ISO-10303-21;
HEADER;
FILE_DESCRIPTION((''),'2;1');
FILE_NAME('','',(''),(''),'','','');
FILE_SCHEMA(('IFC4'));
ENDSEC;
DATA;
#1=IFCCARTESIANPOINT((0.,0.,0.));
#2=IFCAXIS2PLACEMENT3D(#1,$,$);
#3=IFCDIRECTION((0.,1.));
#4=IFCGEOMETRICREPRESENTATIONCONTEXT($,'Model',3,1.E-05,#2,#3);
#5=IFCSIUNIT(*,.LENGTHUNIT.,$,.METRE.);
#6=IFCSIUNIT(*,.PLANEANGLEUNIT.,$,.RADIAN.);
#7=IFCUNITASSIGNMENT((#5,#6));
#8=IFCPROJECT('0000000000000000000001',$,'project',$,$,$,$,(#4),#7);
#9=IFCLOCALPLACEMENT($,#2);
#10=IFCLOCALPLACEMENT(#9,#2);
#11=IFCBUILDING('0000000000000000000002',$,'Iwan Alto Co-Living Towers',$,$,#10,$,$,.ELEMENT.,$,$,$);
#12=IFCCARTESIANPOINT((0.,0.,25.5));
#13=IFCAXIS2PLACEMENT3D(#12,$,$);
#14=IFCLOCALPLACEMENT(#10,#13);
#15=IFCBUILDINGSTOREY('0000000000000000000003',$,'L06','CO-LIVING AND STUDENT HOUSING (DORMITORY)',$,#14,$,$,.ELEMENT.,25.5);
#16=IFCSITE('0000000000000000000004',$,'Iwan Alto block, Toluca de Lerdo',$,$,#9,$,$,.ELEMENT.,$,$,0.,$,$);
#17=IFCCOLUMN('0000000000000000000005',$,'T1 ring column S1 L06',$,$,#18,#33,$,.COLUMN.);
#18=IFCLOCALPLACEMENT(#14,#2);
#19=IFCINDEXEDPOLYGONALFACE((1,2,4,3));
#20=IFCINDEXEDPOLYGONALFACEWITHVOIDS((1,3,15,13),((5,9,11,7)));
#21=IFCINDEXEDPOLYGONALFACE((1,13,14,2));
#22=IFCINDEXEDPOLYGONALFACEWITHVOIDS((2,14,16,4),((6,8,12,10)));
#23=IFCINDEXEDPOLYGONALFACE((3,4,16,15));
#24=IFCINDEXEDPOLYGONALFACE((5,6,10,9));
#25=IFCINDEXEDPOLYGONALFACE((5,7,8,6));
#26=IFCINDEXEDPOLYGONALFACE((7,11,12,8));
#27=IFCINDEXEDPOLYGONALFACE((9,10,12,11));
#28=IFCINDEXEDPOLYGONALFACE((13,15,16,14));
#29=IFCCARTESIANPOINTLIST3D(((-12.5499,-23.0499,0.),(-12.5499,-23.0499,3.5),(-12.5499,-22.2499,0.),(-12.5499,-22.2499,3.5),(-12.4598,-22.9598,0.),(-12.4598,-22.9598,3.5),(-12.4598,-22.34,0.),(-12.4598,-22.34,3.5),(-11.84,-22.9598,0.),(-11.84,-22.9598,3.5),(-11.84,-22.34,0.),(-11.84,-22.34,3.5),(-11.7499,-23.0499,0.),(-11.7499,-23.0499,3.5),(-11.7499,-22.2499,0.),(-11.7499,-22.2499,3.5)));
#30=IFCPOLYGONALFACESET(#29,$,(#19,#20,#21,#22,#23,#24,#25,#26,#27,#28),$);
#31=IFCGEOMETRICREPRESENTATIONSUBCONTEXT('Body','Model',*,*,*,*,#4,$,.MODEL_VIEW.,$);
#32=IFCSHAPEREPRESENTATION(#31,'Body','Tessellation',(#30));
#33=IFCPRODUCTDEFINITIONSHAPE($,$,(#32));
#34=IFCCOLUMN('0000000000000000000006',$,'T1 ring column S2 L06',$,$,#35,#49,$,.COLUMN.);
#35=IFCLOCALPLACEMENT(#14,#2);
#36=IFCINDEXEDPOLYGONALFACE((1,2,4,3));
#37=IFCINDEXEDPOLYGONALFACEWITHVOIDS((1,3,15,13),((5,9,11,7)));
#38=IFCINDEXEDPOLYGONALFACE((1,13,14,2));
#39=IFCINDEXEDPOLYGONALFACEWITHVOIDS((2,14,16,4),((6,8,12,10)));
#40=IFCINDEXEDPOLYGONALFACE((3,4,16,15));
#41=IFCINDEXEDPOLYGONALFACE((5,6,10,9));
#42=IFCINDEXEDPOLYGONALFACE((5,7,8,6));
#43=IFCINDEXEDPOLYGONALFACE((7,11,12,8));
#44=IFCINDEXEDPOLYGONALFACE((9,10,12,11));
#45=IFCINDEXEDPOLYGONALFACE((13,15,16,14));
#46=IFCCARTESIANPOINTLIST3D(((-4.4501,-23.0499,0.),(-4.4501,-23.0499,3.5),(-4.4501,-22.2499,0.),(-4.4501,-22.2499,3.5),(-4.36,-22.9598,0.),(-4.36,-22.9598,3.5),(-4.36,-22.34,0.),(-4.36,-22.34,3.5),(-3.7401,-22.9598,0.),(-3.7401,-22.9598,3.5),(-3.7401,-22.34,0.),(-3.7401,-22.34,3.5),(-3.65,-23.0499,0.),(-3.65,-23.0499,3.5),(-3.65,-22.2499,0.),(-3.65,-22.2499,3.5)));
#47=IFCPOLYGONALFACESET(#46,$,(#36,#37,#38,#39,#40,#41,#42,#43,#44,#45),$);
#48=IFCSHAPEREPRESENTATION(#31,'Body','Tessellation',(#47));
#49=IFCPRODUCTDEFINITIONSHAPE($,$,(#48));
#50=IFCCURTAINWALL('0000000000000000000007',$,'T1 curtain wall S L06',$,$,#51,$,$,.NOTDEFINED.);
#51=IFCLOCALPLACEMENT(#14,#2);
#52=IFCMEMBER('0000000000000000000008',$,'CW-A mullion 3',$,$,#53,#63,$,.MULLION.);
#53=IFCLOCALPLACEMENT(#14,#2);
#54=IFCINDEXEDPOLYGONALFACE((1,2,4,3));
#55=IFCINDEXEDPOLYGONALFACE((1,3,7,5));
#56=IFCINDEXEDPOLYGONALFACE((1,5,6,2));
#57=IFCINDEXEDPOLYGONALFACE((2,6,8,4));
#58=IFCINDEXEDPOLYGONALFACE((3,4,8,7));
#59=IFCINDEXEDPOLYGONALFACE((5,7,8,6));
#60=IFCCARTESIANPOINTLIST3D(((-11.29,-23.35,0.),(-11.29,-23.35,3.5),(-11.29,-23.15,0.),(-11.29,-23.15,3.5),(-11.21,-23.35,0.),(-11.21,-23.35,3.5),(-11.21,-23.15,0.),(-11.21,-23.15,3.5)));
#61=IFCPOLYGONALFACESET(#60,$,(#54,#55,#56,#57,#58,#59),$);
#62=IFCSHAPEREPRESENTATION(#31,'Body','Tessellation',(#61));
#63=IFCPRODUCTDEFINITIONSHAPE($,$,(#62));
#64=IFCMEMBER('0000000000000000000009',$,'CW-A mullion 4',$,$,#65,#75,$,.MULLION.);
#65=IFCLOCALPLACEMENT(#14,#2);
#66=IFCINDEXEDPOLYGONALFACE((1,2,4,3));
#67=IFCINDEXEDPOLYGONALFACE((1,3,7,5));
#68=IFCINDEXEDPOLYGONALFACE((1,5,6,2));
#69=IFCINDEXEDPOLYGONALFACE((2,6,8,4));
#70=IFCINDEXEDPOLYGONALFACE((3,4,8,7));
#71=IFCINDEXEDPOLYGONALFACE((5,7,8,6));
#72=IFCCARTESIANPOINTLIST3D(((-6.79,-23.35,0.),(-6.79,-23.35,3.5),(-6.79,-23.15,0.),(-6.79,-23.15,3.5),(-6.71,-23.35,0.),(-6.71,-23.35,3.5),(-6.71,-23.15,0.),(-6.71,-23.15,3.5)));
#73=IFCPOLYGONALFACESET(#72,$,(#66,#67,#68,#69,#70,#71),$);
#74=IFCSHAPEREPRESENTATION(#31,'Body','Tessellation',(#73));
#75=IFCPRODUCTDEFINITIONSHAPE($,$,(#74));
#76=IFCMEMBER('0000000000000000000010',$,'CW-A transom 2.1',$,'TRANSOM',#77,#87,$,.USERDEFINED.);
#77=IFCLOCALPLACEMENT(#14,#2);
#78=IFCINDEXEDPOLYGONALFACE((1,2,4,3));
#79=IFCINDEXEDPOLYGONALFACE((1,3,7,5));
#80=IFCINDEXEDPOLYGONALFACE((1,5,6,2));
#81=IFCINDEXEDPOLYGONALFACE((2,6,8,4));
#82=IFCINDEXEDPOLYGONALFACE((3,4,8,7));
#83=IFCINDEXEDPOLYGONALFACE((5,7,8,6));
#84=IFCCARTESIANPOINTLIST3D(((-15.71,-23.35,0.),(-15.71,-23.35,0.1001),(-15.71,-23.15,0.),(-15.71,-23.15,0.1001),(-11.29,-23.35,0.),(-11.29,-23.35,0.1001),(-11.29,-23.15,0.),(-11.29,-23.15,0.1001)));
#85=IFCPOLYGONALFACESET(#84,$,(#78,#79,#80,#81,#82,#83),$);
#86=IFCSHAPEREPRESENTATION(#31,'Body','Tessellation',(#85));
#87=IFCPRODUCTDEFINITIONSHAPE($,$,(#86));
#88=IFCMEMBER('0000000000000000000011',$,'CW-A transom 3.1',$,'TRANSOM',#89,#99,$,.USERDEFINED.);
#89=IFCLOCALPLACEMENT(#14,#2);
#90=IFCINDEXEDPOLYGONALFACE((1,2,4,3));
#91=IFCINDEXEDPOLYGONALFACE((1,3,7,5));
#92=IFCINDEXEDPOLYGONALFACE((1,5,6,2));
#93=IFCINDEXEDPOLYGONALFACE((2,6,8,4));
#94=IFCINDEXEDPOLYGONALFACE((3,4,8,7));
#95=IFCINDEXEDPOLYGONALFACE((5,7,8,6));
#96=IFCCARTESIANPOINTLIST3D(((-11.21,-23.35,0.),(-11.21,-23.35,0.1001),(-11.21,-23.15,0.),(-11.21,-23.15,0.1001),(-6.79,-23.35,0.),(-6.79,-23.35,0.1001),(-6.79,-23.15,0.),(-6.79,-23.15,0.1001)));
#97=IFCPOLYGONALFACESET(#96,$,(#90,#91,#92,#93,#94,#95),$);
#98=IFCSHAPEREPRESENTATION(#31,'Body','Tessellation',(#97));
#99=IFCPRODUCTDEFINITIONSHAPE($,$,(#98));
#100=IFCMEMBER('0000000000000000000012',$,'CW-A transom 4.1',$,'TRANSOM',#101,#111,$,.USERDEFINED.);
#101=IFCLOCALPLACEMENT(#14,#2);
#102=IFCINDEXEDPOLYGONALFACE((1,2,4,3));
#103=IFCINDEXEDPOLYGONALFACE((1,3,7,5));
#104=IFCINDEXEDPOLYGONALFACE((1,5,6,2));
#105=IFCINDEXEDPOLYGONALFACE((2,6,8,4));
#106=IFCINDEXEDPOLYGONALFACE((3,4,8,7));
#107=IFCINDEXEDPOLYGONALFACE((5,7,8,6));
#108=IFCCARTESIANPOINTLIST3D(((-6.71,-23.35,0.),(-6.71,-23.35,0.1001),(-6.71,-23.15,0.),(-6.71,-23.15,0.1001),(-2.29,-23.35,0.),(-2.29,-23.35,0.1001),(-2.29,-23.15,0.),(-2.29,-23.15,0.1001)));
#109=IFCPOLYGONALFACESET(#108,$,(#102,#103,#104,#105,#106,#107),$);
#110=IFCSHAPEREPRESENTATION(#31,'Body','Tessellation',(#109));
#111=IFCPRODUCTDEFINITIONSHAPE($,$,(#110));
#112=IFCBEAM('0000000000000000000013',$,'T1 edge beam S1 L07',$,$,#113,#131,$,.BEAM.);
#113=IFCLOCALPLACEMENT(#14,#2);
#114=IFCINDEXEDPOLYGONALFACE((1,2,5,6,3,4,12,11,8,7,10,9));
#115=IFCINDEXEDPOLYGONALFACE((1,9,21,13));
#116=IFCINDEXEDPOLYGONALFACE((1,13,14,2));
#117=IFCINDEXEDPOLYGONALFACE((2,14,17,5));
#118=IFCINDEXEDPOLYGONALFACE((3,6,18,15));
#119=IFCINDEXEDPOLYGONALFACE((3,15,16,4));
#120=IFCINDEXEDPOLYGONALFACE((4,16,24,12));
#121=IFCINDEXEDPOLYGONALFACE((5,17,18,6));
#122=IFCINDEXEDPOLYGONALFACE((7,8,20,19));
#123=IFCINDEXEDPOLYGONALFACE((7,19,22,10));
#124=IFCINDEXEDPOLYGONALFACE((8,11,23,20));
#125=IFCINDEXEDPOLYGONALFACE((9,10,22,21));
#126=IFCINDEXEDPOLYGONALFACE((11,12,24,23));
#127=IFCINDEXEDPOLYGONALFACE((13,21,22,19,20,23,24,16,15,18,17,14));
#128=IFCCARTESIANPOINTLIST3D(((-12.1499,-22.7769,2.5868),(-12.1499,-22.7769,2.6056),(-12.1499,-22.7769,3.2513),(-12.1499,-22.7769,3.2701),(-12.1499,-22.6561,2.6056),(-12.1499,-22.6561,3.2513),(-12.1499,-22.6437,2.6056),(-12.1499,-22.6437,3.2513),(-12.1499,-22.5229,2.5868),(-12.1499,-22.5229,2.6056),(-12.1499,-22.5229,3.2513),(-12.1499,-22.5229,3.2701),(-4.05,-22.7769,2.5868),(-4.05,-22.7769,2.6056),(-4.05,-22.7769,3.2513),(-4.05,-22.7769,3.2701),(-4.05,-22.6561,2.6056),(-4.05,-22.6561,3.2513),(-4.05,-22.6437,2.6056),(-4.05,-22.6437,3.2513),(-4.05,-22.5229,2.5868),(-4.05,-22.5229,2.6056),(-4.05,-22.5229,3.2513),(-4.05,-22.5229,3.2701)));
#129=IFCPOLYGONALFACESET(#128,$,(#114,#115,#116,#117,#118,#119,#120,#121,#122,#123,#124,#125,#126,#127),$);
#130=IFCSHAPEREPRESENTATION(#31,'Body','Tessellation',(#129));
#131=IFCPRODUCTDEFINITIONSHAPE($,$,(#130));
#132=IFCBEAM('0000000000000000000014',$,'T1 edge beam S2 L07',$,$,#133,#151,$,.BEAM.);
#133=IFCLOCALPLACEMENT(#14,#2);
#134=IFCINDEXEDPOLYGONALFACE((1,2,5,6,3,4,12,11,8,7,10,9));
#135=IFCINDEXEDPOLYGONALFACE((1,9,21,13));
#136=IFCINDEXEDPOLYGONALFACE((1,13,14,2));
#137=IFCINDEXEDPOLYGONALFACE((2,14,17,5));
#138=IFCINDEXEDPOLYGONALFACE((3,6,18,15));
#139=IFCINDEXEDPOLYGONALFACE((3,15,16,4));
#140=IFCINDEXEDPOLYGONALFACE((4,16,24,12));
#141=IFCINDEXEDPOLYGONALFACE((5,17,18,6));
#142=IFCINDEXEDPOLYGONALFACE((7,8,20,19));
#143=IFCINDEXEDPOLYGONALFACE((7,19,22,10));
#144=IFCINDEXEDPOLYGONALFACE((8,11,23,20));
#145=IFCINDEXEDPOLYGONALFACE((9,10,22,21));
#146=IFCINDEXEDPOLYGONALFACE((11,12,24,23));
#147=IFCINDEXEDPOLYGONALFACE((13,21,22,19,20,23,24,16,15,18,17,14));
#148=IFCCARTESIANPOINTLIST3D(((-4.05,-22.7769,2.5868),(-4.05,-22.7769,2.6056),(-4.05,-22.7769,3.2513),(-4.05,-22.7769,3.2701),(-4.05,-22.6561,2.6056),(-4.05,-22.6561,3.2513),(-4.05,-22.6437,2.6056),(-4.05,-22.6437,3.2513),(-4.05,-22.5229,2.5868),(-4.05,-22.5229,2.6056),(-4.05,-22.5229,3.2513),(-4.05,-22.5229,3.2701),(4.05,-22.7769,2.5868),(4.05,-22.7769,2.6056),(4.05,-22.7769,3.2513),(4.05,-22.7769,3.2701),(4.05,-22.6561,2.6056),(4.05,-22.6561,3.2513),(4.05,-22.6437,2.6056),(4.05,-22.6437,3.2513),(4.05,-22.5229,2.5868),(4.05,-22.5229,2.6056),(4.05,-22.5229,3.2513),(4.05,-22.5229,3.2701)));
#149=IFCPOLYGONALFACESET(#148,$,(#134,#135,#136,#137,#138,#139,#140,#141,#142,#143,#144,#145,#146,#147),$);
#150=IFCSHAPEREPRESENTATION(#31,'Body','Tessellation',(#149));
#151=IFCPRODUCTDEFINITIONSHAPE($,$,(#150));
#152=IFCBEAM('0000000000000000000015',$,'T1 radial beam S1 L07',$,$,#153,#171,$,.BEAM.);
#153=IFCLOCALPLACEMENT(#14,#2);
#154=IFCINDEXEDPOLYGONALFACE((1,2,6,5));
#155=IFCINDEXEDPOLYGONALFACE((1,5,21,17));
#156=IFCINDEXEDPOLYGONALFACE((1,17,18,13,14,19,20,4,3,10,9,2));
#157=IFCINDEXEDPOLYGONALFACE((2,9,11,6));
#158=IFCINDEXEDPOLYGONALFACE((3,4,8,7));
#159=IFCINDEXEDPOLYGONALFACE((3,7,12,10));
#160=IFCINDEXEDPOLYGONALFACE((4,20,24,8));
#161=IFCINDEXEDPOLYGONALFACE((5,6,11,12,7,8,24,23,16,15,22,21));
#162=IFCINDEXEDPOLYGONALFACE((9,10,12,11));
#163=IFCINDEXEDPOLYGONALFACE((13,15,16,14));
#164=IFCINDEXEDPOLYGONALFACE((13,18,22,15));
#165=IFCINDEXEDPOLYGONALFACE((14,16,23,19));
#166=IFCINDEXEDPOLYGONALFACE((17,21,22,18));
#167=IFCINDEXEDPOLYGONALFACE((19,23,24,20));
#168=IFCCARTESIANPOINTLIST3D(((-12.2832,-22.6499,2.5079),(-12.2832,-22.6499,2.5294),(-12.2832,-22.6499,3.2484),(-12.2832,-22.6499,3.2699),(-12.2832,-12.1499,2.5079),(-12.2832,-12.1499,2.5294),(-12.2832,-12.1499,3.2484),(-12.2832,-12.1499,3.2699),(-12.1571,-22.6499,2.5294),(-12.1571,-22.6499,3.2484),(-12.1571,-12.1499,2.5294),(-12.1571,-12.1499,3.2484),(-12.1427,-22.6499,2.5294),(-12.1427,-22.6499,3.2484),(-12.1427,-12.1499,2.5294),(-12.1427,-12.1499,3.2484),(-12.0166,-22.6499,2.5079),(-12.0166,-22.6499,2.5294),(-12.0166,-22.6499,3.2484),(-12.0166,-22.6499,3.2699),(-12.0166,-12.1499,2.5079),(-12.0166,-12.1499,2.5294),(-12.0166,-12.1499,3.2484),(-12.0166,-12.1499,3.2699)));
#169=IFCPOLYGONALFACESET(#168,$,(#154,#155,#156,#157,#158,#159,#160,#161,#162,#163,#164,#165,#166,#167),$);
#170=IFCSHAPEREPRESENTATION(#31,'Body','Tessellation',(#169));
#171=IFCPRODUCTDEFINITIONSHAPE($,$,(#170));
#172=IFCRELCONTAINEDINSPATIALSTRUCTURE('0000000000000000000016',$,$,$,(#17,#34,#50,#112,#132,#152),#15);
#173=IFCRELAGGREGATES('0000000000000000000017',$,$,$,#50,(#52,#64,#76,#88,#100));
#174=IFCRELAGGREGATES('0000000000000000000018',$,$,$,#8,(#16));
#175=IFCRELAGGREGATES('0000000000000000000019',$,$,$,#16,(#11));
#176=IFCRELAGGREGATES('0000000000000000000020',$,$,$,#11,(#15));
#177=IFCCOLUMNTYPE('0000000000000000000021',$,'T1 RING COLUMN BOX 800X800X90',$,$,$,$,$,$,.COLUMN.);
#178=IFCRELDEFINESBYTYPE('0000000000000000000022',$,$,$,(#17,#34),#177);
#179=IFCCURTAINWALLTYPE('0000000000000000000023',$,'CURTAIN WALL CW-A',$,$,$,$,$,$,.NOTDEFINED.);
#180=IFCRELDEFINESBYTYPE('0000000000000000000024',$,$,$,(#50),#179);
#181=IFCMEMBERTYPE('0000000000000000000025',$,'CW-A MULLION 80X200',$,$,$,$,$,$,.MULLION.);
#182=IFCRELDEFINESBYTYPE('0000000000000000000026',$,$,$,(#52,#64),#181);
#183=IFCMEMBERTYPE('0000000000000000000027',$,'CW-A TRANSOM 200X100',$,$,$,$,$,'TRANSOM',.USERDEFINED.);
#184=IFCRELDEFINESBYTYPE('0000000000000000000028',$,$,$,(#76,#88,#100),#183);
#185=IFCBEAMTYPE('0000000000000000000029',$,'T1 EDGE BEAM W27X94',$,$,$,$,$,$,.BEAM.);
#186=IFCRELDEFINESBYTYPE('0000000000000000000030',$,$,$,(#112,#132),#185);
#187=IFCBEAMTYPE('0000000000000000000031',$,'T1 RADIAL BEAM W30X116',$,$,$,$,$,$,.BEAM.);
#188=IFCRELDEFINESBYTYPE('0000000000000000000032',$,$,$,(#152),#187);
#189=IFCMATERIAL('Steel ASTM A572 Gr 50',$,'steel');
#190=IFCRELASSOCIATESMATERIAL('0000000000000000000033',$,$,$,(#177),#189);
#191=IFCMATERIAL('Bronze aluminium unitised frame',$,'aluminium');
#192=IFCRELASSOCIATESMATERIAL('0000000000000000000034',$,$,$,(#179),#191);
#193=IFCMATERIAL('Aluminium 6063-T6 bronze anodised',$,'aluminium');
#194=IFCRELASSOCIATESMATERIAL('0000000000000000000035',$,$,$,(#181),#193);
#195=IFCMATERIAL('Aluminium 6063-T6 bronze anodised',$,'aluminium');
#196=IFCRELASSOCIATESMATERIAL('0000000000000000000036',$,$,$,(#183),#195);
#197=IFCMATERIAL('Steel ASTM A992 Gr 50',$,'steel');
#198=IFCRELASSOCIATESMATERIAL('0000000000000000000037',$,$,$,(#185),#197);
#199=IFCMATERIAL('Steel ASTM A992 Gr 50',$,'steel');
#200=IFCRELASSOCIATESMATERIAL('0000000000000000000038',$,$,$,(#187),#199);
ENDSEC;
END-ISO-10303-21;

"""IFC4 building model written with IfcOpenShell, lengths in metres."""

from ifc_helpers import new_model, si_unit, direction, frame, origin, origin_2d, place, context, subcontext, project, spatial, rectangle, hollow_rectangle, i_section, extrude, material, material_profile, profile_set, type_object, element, aggregate, save


model = new_model("IFC4")

# Units and contexts
model_context = context("Model", 3, precision=1e-05, world=origin(), true_north=direction((0.0, 1.0)))
body_context = subcontext(model_context, "Body", "Model", "MODEL_VIEW")
ifc_project = project(units=[si_unit("LENGTHUNIT", "METRE"), si_unit("PLANEANGLEUNIT", "RADIAN")], contexts=[model_context])

# Site, building, storey
site_placement = place(None, origin())
site = spatial("IfcSite", under=ifc_project, at=site_placement, Name="Iwan Alto block, Toluca de Lerdo", CompositionType="ELEMENT", RefElevation=0.0)
building_placement = place(site_placement, origin())
building = spatial("IfcBuilding", under=site, at=building_placement, Name="Iwan Alto Co-Living Towers", CompositionType="ELEMENT")
storey_placement = place(building_placement, frame((0.0, 0.0, 25.5)))
storey = spatial("IfcBuildingStorey", under=building, at=storey_placement, Name="L06", Description="CO-LIVING AND STUDENT HOUSING (DORMITORY)", CompositionType="ELEMENT", Elevation=25.5)

# Columns
ifc_material_1 = material(Name="Steel ASTM A572 Gr 50", Category="steel")
ifc_material_profile_1 = material_profile(ifc_material_1, hollow_rectangle(XDim=0.8, YDim=0.8, WallThickness=0.0901, at=origin_2d()), Name="BOX 800X800X90")
ifc_profile_set_1 = profile_set([ifc_material_profile_1], Name="Steel ASTM A572 Gr 50")
column_type = type_object("IfcColumnType", Name="T1 RING COLUMN BOX 800X800X90", PredefinedType="COLUMN", material=ifc_profile_set_1)
for number, where, z_axis, x_axis, name in (
    (1, (-12.1499, -22.6499, 0.0), (0.0, 0.0, 1.0), (1.0, 0.0, 0.0), "T1 ring column S1 L06"),
    (2, (-4.05, -22.6499, 0.0), (0.0, 0.0, 1.0), (1.0, 0.0, 0.0), "T1 ring column S2 L06"),
):
    element("IfcColumn", number, at=place(storey_placement, frame(where, z_axis=z_axis, x_axis=x_axis)), inside=storey, type_object=column_type, Name=name, PredefinedType="COLUMN", context=body_context, shape_type="SweptSolid", body=[
        extrude(hollow_rectangle(XDim=0.8, YDim=0.8, WallThickness=0.0901, at=origin_2d()), origin(), (0.0, 0.0, 1.0), 3.5),
    ])

# Curtain wall, members
ifc_material_2 = material(Name="Bronze aluminium unitised frame", Category="aluminium")
curtain_wall_type = type_object("IfcCurtainWallType", Name="CURTAIN WALL CW-A", PredefinedType="NOTDEFINED", material=ifc_material_2)
curtain_wall_placement = place(storey_placement, origin())
curtain_wall = element("IfcCurtainWall", 3, at=curtain_wall_placement, inside=storey, type_object=curtain_wall_type, Name="T1 curtain wall S L06", PredefinedType="NOTDEFINED")
ifc_material_3 = material(Name="Aluminium 6063-T6 bronze anodised", Category="aluminium")
ifc_material_profile_2 = material_profile(ifc_material_3, rectangle(XDim=0.2, YDim=0.0801, at=origin_2d()), Name="AL 80X200")
ifc_profile_set_2 = profile_set([ifc_material_profile_2], Name="Aluminium 6063-T6 bronze anodised")
member_type_1 = type_object("IfcMemberType", Name="CW-A MULLION 80X200", PredefinedType="MULLION", material=ifc_profile_set_2)
member_1_placement = place(storey_placement, frame((-11.25, -23.25, 0.0), z_axis=(0.0, 0.0, 1.0), x_axis=(0.0, 1.0, 0.0)))
member_1 = element("IfcMember", 4, at=member_1_placement, type_object=member_type_1, Name="CW-A mullion 3", PredefinedType="MULLION", context=body_context, shape_type="SweptSolid", body=[
    extrude(rectangle(XDim=0.2, YDim=0.0801, at=origin_2d()), origin(), (0.0, 0.0, 1.0), 3.5),
])
member_2_placement = place(storey_placement, frame((-6.75, -23.25, 0.0), z_axis=(0.0, 0.0, 1.0), x_axis=(0.0, 1.0, 0.0)))
member_2 = element("IfcMember", 5, at=member_2_placement, type_object=member_type_1, Name="CW-A mullion 4", PredefinedType="MULLION", context=body_context, shape_type="SweptSolid", body=[
    extrude(rectangle(XDim=0.2, YDim=0.0801, at=origin_2d()), origin(), (0.0, 0.0, 1.0), 3.5),
])
ifc_material_4 = material(Name="Aluminium 6063-T6 bronze anodised", Category="aluminium")
ifc_material_profile_3 = material_profile(ifc_material_4, rectangle(XDim=0.2, YDim=0.1001, at=origin_2d()), Name="AL 200X100")
ifc_profile_set_3 = profile_set([ifc_material_profile_3], Name="Aluminium 6063-T6 bronze anodised")
member_type_2 = type_object("IfcMemberType", Name="CW-A TRANSOM 200X100", ElementType="TRANSOM", PredefinedType="USERDEFINED", material=ifc_profile_set_3)
member_3_placement = place(storey_placement, frame((-15.71, -23.25, 0.05), z_axis=(1.0, 0.0, 0.0), x_axis=(0.0, 1.0, 0.0)))
member_3 = element("IfcMember", 6, at=member_3_placement, type_object=member_type_2, Name="CW-A transom 2.1", ObjectType="TRANSOM", PredefinedType="USERDEFINED", context=body_context, shape_type="SweptSolid", body=[
    extrude(rectangle(XDim=0.2, YDim=0.1001, at=origin_2d()), origin(), (0.0, 0.0, 1.0), 4.4199),
])
member_4_placement = place(storey_placement, frame((-11.21, -23.25, 0.05), z_axis=(1.0, 0.0, 0.0), x_axis=(0.0, 1.0, 0.0)))
member_4 = element("IfcMember", 7, at=member_4_placement, type_object=member_type_2, Name="CW-A transom 3.1", ObjectType="TRANSOM", PredefinedType="USERDEFINED", context=body_context, shape_type="SweptSolid", body=[
    extrude(rectangle(XDim=0.2, YDim=0.1001, at=origin_2d()), origin(), (0.0, 0.0, 1.0), 4.4199),
])
member_5_placement = place(storey_placement, frame((-6.71, -23.25, 0.05), z_axis=(1.0, 0.0, 0.0), x_axis=(0.0, 1.0, 0.0)))
member_5 = element("IfcMember", 8, at=member_5_placement, type_object=member_type_2, Name="CW-A transom 4.1", ObjectType="TRANSOM", PredefinedType="USERDEFINED", context=body_context, shape_type="SweptSolid", body=[
    extrude(rectangle(XDim=0.2, YDim=0.1001, at=origin_2d()), origin(), (0.0, 0.0, 1.0), 4.4199),
])

# Beams
ifc_material_5 = material(Name="Steel ASTM A992 Gr 50", Category="steel")
ifc_material_profile_4 = material_profile(ifc_material_5, i_section(OverallWidth=0.2539, OverallDepth=0.6833, WebThickness=0.0125, FlangeThickness=0.0188, at=origin_2d()), Name="W27X94")
ifc_profile_set_4 = profile_set([ifc_material_profile_4], Name="Steel ASTM A992 Gr 50")
beam_type_1 = type_object("IfcBeamType", Name="T1 EDGE BEAM W27X94", PredefinedType="BEAM", material=ifc_profile_set_4)
beam_1_placement = place(storey_placement, frame((-12.1499, -22.6499, 2.9285), z_axis=(1.0, 0.0, 0.0), x_axis=(0.0, 1.0, 0.0)))
element("IfcBeam", 9, at=beam_1_placement, inside=storey, type_object=beam_type_1, Name="T1 edge beam S1 L07", PredefinedType="BEAM", context=body_context, shape_type="SweptSolid", body=[
    extrude(i_section(OverallWidth=0.2539, OverallDepth=0.6833, WebThickness=0.0125, FlangeThickness=0.0188, at=origin_2d()), origin(), (0.0, 0.0, 1.0), 8.0999),
])
beam_2_placement = place(storey_placement, frame((-4.05, -22.6499, 2.9285), z_axis=(1.0, 0.0, 0.0), x_axis=(0.0, 1.0, 0.0)))
element("IfcBeam", 10, at=beam_2_placement, inside=storey, type_object=beam_type_1, Name="T1 edge beam S2 L07", PredefinedType="BEAM", context=body_context, shape_type="SweptSolid", body=[
    extrude(i_section(OverallWidth=0.2539, OverallDepth=0.6833, WebThickness=0.0125, FlangeThickness=0.0188, at=origin_2d()), origin(), (0.0, 0.0, 1.0), 8.1001),
])
ifc_material_6 = material(Name="Steel ASTM A992 Gr 50", Category="steel")
ifc_material_profile_5 = material_profile(ifc_material_6, i_section(OverallWidth=0.2666, OverallDepth=0.762, WebThickness=0.0144, FlangeThickness=0.0215, at=origin_2d()), Name="W30X116")
ifc_profile_set_5 = profile_set([ifc_material_profile_5], Name="Steel ASTM A992 Gr 50")
beam_type_2 = type_object("IfcBeamType", Name="T1 RADIAL BEAM W30X116", PredefinedType="BEAM", material=ifc_profile_set_5)
beam_3_placement = place(storey_placement, frame((-12.1499, -22.6499, 2.8889), z_axis=(0.0, 1.0, 0.0), x_axis=(-1.0, 0.0, 0.0)))
element("IfcBeam", 11, at=beam_3_placement, inside=storey, type_object=beam_type_2, Name="T1 radial beam S1 L07", PredefinedType="BEAM", context=body_context, shape_type="SweptSolid", body=[
    extrude(i_section(OverallWidth=0.2666, OverallDepth=0.762, WebThickness=0.0144, FlangeThickness=0.0215, at=origin_2d()), origin(), (0.0, 0.0, 1.0), 10.5),
])

aggregate(curtain_wall, [member_1, member_2, member_3, member_4, member_5])

save(model, "model.ifc")
